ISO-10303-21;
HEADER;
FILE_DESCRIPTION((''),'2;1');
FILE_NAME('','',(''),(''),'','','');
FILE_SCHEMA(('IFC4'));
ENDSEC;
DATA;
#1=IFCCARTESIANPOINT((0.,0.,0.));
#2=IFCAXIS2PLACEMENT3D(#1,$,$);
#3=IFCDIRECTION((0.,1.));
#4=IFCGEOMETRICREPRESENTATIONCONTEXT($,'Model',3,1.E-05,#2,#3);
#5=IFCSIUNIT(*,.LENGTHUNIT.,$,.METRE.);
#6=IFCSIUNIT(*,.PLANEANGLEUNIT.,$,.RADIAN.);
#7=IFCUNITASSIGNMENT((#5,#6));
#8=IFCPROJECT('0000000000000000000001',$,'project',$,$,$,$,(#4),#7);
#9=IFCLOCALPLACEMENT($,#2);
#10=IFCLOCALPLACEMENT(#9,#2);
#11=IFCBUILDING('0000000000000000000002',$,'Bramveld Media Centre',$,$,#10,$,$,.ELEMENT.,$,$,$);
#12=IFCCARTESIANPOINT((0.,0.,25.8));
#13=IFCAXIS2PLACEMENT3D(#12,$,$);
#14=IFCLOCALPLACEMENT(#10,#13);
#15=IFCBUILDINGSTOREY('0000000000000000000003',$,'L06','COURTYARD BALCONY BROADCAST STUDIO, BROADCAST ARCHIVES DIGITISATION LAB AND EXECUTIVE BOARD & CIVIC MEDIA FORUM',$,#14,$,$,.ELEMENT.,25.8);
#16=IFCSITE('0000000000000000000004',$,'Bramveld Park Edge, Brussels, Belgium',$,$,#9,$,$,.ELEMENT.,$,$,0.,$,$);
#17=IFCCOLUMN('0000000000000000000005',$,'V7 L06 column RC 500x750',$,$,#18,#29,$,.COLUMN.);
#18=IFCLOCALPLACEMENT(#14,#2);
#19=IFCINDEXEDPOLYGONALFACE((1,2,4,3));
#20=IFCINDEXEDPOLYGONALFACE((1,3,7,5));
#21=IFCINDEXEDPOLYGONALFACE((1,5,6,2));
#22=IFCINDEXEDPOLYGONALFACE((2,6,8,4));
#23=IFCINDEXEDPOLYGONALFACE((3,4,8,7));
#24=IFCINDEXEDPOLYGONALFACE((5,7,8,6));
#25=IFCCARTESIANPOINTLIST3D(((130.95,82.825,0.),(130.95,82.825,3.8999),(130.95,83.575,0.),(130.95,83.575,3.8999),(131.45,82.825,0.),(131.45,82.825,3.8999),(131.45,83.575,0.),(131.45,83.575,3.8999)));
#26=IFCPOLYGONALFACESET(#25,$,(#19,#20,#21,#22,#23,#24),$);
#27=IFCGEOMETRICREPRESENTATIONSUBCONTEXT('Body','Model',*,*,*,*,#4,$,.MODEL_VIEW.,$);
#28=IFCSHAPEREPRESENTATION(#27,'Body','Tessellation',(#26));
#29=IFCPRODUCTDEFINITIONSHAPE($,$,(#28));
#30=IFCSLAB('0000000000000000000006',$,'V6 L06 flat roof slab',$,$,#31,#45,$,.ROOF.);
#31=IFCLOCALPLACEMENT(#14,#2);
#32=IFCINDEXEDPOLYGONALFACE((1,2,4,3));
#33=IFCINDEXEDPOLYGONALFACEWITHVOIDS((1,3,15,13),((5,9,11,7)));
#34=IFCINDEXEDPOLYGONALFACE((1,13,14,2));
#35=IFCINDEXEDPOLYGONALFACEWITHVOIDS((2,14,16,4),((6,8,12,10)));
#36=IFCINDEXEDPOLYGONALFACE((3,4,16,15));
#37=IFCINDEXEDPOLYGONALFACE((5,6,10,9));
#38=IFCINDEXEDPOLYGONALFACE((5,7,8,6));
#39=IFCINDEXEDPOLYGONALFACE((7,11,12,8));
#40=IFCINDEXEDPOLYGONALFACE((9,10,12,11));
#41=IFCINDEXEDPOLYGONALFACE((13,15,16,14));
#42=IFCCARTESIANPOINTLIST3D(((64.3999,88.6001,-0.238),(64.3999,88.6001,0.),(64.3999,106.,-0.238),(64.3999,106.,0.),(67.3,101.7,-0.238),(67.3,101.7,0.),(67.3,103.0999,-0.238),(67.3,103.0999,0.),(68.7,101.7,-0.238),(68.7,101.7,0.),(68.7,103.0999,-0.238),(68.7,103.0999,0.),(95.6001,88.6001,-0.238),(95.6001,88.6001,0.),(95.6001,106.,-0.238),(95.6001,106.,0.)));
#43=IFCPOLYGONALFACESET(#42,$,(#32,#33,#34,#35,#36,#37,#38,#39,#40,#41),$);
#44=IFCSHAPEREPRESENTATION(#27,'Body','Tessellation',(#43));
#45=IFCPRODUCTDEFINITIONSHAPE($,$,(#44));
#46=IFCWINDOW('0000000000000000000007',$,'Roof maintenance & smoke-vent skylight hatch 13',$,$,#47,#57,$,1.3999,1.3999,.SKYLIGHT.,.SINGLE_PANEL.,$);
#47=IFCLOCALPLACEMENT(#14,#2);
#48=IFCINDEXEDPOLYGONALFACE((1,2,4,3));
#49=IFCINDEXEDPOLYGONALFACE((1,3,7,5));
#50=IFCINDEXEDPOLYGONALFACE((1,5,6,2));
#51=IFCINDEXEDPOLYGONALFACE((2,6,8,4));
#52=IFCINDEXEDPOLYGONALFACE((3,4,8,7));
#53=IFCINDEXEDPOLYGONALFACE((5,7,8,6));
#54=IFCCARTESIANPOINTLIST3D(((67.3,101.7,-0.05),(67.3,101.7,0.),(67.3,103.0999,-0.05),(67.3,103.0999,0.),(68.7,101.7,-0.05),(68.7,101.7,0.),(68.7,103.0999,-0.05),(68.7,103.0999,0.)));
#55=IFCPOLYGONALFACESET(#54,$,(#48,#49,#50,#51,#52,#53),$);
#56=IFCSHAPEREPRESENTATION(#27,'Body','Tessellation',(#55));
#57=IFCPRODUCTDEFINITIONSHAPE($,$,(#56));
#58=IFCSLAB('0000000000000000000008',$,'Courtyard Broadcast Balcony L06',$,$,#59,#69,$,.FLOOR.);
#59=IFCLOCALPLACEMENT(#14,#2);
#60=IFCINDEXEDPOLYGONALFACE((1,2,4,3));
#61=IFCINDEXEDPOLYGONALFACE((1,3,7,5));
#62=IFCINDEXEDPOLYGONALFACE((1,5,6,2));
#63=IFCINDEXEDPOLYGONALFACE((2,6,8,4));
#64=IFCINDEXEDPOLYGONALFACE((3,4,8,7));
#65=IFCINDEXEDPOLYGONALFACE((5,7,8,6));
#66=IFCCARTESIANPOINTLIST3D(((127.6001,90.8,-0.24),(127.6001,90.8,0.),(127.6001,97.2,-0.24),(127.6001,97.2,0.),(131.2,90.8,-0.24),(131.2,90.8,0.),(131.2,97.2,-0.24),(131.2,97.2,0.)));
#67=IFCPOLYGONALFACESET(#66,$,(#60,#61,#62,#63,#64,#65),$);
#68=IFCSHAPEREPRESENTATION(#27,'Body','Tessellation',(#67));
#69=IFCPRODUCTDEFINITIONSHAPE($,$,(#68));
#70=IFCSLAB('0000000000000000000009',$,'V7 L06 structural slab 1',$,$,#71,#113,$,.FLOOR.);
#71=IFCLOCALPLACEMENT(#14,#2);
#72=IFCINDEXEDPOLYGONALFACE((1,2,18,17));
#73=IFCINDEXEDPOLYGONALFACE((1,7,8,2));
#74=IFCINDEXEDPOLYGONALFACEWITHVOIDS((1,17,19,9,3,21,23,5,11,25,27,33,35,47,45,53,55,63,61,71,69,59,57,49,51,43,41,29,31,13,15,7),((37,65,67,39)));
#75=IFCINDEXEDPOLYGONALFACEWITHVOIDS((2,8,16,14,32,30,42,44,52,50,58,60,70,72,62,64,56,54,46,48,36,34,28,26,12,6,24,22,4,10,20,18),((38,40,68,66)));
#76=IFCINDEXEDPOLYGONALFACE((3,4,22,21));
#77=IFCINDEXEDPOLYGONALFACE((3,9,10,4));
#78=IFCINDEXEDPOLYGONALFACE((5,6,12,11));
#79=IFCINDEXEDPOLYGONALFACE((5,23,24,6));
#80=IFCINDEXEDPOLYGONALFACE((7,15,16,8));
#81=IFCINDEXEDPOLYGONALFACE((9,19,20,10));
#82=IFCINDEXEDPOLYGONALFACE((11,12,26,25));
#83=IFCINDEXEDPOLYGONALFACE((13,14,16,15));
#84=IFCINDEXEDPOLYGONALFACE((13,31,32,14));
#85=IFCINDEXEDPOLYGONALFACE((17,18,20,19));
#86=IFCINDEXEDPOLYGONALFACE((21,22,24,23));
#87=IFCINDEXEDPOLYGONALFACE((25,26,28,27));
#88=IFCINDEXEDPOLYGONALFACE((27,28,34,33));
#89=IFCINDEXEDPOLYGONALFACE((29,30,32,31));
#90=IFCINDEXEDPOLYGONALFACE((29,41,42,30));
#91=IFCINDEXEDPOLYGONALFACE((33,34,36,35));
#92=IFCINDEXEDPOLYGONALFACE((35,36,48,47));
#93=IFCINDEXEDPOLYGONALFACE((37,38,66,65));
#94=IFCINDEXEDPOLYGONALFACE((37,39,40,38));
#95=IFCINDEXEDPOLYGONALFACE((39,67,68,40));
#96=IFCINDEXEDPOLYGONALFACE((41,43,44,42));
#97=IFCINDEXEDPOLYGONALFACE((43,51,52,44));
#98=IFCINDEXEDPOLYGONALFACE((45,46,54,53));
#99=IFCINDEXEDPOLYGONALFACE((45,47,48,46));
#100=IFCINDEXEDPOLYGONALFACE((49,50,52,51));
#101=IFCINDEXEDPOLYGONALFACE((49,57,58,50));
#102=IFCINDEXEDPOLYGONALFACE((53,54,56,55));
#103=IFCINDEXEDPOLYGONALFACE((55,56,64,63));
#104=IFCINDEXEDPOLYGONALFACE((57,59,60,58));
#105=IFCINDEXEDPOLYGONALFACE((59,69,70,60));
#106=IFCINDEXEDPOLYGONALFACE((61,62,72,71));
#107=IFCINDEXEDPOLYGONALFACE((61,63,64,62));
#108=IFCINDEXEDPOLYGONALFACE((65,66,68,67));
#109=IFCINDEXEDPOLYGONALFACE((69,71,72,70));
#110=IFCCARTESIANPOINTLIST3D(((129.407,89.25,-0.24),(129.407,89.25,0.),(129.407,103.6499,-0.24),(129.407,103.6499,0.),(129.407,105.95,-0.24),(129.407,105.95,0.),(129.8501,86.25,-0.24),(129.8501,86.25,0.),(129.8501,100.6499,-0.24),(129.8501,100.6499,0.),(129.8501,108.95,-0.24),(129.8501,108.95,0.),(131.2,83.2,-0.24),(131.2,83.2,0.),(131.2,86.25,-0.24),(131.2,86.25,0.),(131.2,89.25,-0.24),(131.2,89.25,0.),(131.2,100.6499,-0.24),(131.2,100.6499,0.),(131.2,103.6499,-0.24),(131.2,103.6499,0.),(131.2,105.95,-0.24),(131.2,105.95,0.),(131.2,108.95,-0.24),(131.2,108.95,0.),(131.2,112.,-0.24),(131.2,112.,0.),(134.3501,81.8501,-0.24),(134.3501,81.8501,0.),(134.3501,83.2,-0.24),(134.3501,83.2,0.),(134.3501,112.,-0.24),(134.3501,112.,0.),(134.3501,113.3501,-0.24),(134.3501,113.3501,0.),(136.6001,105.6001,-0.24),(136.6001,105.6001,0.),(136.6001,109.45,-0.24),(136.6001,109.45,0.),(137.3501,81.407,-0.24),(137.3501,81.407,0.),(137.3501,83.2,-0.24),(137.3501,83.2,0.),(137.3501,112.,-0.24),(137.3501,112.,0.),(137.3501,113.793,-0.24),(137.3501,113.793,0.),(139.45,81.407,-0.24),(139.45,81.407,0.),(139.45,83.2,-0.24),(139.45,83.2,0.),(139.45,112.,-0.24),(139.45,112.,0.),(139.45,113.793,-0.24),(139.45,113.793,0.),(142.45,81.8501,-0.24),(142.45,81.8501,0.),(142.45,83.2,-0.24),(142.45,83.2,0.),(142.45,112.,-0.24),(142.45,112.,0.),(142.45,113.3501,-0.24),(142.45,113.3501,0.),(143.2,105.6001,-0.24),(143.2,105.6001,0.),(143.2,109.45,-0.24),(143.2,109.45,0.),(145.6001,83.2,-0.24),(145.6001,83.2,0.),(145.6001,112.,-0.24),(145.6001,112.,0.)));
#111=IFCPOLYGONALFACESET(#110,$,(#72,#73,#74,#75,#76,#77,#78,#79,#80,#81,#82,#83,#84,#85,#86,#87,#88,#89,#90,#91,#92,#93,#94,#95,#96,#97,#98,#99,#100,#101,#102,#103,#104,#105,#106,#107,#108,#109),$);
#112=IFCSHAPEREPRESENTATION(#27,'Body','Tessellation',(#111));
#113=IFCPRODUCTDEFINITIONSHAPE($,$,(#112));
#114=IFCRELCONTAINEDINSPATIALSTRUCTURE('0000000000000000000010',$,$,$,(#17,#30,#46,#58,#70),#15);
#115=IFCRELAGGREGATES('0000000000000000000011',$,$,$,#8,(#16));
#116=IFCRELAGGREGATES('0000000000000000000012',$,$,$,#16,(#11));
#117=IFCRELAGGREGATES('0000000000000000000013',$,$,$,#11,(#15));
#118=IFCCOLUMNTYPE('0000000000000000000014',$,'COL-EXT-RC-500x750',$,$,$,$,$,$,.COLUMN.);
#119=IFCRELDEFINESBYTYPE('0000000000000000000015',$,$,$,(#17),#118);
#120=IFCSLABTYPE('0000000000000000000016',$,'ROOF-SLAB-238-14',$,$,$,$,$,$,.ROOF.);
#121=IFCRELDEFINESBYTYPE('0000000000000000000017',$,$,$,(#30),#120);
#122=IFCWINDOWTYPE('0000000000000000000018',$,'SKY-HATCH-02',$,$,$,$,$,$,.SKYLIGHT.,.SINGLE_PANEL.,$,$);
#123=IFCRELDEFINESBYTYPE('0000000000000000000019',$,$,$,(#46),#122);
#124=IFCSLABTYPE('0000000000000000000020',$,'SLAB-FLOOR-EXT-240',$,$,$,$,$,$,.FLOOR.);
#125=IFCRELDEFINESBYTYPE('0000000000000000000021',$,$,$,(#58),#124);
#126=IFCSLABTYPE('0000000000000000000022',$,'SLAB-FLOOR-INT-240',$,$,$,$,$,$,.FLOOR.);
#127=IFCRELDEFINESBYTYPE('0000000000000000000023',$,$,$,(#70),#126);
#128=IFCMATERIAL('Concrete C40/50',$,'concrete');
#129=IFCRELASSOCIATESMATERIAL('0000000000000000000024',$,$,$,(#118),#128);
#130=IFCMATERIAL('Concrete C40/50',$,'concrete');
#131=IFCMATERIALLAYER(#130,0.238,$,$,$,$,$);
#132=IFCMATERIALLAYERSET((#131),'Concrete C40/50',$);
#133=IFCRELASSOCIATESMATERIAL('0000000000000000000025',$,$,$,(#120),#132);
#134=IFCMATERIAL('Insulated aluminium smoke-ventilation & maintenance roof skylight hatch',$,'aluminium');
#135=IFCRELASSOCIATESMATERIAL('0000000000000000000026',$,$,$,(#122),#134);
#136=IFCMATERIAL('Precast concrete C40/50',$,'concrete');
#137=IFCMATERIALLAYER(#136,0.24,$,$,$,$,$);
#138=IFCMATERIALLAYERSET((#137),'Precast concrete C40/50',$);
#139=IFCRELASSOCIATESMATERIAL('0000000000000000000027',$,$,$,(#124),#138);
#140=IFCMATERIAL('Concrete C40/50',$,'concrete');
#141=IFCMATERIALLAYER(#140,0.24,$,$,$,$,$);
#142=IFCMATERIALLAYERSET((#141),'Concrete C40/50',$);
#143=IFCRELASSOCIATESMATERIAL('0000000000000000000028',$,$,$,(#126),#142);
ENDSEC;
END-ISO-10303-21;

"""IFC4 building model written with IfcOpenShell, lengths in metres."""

from ifc_helpers import new_model, si_unit, direction, frame, origin, origin_2d, place, context, subcontext, project, spatial, polyline, rectangle, outline, extrude, material, layer, layer_set, material_profile, profile_set, type_object, element, fill, save


model = new_model("IFC4")

# Units and contexts
model_context = context("Model", 3, precision=1e-05, world=origin(), true_north=direction((0.0, 1.0)))
body_context = subcontext(model_context, "Body", "Model", "MODEL_VIEW")
ifc_project = project(units=[si_unit("LENGTHUNIT", "METRE"), si_unit("PLANEANGLEUNIT", "RADIAN")], contexts=[model_context])

# Site, building, storey
site_placement = place(None, origin())
site = spatial("IfcSite", under=ifc_project, at=site_placement, Name="Bramveld Park Edge, Brussels, Belgium", CompositionType="ELEMENT", RefElevation=0.0)
building_placement = place(site_placement, origin())
building = spatial("IfcBuilding", under=site, at=building_placement, Name="Bramveld Media Centre", CompositionType="ELEMENT")
storey_placement = place(building_placement, frame((0.0, 0.0, 25.8)))
storey = spatial("IfcBuildingStorey", under=building, at=storey_placement, Name="L06", Description="COURTYARD BALCONY BROADCAST STUDIO, BROADCAST ARCHIVES DIGITISATION LAB AND EXECUTIVE BOARD & CIVIC MEDIA FORUM", CompositionType="ELEMENT", Elevation=25.8)

# Column
ifc_material_1 = material(Name="Concrete C40/50", Category="concrete")
ifc_material_profile = material_profile(ifc_material_1, rectangle(XDim=0.5, YDim=0.75, at=origin_2d()), Name="RC 500x750")
ifc_profile_set = profile_set([ifc_material_profile], Name="Concrete C40/50")
column_type = type_object("IfcColumnType", Name="COL-EXT-RC-500x750", PredefinedType="COLUMN", material=ifc_profile_set)
column_placement = place(storey_placement, frame((131.2, 83.2, 0.0), z_axis=(0.0, 0.0, 1.0), x_axis=(1.0, 0.0, 0.0)))
element("IfcColumn", 1, at=column_placement, inside=storey, type_object=column_type, Name="V7 L06 column RC 500x750", PredefinedType="COLUMN", context=body_context, shape_type="SweptSolid", body=[
    extrude(rectangle(XDim=0.5, YDim=0.75, at=origin_2d()), origin(), (0.0, 0.0, 1.0), 3.8999),
])

# Slab, opening, window
ifc_material_2 = material(Name="Concrete C40/50", Category="concrete")
ifc_layer_1 = layer(ifc_material_2, 0.238)
ifc_layer_set_1 = layer_set([ifc_layer_1], Name="Concrete C40/50")
slab_type_1 = type_object("IfcSlabType", Name="ROOF-SLAB-238-14", PredefinedType="ROOF", material=ifc_layer_set_1)
slab_1_placement = place(storey_placement, frame((0.0, 0.0, -0.238)))
slab_1 = element("IfcSlab", 2, at=slab_1_placement, inside=storey, type_object=slab_type_1, Name="V6 L06 flat roof slab", PredefinedType="ROOF", context=body_context, shape_type="SweptSolid", body=[
    extrude(outline(polyline([(64.3999, 88.6001), (95.6001, 88.6001), (95.6001, 106.0), (64.3999, 106.0), (64.3999, 88.6001)])), origin(), (0.0, 0.0, 1.0), 0.238),
])
opening_1_placement = place(slab_1_placement, frame((68.0, 102.3999, 0.0)))
opening_1 = element("IfcOpeningElement", 3, at=opening_1_placement, cuts=slab_1, PredefinedType="OPENING", context=body_context, shape_type="SweptSolid", body=[
    extrude(rectangle(XDim=1.3999, YDim=1.3999, at=origin_2d()), origin(), (0.0, 0.0, 1.0), 0.238),
])
ifc_material_3 = material(Name="Insulated aluminium smoke-ventilation & maintenance roof skylight hatch", Category="aluminium")
window_type_1 = type_object("IfcWindowType", Name="SKY-HATCH-02", PartitioningType="SINGLE_PANEL", PredefinedType="SKYLIGHT", material=ifc_material_3)
window_1_placement = place(opening_1_placement, frame((0.0, 0.0, 0.188)))
window_1 = element("IfcWindow", 4, at=window_1_placement, inside=storey, type_object=window_type_1, Name="Roof maintenance & smoke-vent skylight hatch 13", OverallHeight=1.3999, OverallWidth=1.3999, PartitioningType="SINGLE_PANEL", PredefinedType="SKYLIGHT", context=body_context, shape_type="SweptSolid", body=[
    extrude(rectangle(XDim=1.3999, YDim=1.3999, at=origin_2d()), origin(), (0.0, 0.0, 1.0), 0.05),
])
fill(opening_1, window_1)

# Slabs
ifc_material_4 = material(Name="Precast concrete C40/50", Category="concrete")
ifc_layer_2 = layer(ifc_material_4, 0.24)
ifc_layer_set_2 = layer_set([ifc_layer_2], Name="Precast concrete C40/50")
slab_type_2 = type_object("IfcSlabType", Name="SLAB-FLOOR-EXT-240", PredefinedType="FLOOR", material=ifc_layer_set_2)
slab_2_placement = place(storey_placement, frame((0.0, 0.0, -0.24)))
element("IfcSlab", 5, at=slab_2_placement, inside=storey, type_object=slab_type_2, Name="Courtyard Broadcast Balcony L06", PredefinedType="FLOOR", context=body_context, shape_type="SweptSolid", body=[
    extrude(outline(polyline([(127.6001, 90.8), (131.2, 90.8), (131.2, 97.2), (127.6001, 97.2), (127.6001, 90.8)])), origin(), (0.0, 0.0, 1.0), 0.24),
])
ifc_material_5 = material(Name="Concrete C40/50", Category="concrete")
ifc_layer_3 = layer(ifc_material_5, 0.24)
ifc_layer_set_3 = layer_set([ifc_layer_3], Name="Concrete C40/50")
slab_type_3 = type_object("IfcSlabType", Name="SLAB-FLOOR-INT-240", PredefinedType="FLOOR", material=ifc_layer_set_3)
slab_3_placement = place(storey_placement, frame((0.0, 0.0, -0.24)))
element("IfcSlab", 6, at=slab_3_placement, inside=storey, type_object=slab_type_3, Name="V7 L06 structural slab 1", PredefinedType="FLOOR", context=body_context, shape_type="SweptSolid", body=[
    extrude(outline(polyline([(131.2, 86.25), (129.8501, 86.25), (129.407, 89.25), (131.2, 89.25), (131.2, 100.6499), (129.8501, 100.6499), (129.407, 103.6499), (131.2, 103.6499), (131.2, 105.95), (129.407, 105.95), (129.8501, 108.95), (131.2, 108.95), (131.2, 112.0), (134.3501, 112.0), (134.3501, 113.3501), (137.3501, 113.793), (137.3501, 112.0), (139.45, 112.0), (139.45, 113.793), (142.45, 113.3501), (142.45, 112.0), (145.6001, 112.0), (145.6001, 83.2), (142.45, 83.2), (142.45, 81.8501), (139.45, 81.407), (139.45, 83.2), (137.3501, 83.2), (137.3501, 81.407), (134.3501, 81.8501), (134.3501, 83.2), (131.2, 83.2), (131.2, 86.25)]), holes=[polyline([(143.2, 109.45), (136.6001, 109.45), (136.6001, 105.6001), (143.2, 105.6001), (143.2, 109.45)])]), origin(), (0.0, 0.0, 1.0), 0.24),
])

save(model, "model.ifc")
